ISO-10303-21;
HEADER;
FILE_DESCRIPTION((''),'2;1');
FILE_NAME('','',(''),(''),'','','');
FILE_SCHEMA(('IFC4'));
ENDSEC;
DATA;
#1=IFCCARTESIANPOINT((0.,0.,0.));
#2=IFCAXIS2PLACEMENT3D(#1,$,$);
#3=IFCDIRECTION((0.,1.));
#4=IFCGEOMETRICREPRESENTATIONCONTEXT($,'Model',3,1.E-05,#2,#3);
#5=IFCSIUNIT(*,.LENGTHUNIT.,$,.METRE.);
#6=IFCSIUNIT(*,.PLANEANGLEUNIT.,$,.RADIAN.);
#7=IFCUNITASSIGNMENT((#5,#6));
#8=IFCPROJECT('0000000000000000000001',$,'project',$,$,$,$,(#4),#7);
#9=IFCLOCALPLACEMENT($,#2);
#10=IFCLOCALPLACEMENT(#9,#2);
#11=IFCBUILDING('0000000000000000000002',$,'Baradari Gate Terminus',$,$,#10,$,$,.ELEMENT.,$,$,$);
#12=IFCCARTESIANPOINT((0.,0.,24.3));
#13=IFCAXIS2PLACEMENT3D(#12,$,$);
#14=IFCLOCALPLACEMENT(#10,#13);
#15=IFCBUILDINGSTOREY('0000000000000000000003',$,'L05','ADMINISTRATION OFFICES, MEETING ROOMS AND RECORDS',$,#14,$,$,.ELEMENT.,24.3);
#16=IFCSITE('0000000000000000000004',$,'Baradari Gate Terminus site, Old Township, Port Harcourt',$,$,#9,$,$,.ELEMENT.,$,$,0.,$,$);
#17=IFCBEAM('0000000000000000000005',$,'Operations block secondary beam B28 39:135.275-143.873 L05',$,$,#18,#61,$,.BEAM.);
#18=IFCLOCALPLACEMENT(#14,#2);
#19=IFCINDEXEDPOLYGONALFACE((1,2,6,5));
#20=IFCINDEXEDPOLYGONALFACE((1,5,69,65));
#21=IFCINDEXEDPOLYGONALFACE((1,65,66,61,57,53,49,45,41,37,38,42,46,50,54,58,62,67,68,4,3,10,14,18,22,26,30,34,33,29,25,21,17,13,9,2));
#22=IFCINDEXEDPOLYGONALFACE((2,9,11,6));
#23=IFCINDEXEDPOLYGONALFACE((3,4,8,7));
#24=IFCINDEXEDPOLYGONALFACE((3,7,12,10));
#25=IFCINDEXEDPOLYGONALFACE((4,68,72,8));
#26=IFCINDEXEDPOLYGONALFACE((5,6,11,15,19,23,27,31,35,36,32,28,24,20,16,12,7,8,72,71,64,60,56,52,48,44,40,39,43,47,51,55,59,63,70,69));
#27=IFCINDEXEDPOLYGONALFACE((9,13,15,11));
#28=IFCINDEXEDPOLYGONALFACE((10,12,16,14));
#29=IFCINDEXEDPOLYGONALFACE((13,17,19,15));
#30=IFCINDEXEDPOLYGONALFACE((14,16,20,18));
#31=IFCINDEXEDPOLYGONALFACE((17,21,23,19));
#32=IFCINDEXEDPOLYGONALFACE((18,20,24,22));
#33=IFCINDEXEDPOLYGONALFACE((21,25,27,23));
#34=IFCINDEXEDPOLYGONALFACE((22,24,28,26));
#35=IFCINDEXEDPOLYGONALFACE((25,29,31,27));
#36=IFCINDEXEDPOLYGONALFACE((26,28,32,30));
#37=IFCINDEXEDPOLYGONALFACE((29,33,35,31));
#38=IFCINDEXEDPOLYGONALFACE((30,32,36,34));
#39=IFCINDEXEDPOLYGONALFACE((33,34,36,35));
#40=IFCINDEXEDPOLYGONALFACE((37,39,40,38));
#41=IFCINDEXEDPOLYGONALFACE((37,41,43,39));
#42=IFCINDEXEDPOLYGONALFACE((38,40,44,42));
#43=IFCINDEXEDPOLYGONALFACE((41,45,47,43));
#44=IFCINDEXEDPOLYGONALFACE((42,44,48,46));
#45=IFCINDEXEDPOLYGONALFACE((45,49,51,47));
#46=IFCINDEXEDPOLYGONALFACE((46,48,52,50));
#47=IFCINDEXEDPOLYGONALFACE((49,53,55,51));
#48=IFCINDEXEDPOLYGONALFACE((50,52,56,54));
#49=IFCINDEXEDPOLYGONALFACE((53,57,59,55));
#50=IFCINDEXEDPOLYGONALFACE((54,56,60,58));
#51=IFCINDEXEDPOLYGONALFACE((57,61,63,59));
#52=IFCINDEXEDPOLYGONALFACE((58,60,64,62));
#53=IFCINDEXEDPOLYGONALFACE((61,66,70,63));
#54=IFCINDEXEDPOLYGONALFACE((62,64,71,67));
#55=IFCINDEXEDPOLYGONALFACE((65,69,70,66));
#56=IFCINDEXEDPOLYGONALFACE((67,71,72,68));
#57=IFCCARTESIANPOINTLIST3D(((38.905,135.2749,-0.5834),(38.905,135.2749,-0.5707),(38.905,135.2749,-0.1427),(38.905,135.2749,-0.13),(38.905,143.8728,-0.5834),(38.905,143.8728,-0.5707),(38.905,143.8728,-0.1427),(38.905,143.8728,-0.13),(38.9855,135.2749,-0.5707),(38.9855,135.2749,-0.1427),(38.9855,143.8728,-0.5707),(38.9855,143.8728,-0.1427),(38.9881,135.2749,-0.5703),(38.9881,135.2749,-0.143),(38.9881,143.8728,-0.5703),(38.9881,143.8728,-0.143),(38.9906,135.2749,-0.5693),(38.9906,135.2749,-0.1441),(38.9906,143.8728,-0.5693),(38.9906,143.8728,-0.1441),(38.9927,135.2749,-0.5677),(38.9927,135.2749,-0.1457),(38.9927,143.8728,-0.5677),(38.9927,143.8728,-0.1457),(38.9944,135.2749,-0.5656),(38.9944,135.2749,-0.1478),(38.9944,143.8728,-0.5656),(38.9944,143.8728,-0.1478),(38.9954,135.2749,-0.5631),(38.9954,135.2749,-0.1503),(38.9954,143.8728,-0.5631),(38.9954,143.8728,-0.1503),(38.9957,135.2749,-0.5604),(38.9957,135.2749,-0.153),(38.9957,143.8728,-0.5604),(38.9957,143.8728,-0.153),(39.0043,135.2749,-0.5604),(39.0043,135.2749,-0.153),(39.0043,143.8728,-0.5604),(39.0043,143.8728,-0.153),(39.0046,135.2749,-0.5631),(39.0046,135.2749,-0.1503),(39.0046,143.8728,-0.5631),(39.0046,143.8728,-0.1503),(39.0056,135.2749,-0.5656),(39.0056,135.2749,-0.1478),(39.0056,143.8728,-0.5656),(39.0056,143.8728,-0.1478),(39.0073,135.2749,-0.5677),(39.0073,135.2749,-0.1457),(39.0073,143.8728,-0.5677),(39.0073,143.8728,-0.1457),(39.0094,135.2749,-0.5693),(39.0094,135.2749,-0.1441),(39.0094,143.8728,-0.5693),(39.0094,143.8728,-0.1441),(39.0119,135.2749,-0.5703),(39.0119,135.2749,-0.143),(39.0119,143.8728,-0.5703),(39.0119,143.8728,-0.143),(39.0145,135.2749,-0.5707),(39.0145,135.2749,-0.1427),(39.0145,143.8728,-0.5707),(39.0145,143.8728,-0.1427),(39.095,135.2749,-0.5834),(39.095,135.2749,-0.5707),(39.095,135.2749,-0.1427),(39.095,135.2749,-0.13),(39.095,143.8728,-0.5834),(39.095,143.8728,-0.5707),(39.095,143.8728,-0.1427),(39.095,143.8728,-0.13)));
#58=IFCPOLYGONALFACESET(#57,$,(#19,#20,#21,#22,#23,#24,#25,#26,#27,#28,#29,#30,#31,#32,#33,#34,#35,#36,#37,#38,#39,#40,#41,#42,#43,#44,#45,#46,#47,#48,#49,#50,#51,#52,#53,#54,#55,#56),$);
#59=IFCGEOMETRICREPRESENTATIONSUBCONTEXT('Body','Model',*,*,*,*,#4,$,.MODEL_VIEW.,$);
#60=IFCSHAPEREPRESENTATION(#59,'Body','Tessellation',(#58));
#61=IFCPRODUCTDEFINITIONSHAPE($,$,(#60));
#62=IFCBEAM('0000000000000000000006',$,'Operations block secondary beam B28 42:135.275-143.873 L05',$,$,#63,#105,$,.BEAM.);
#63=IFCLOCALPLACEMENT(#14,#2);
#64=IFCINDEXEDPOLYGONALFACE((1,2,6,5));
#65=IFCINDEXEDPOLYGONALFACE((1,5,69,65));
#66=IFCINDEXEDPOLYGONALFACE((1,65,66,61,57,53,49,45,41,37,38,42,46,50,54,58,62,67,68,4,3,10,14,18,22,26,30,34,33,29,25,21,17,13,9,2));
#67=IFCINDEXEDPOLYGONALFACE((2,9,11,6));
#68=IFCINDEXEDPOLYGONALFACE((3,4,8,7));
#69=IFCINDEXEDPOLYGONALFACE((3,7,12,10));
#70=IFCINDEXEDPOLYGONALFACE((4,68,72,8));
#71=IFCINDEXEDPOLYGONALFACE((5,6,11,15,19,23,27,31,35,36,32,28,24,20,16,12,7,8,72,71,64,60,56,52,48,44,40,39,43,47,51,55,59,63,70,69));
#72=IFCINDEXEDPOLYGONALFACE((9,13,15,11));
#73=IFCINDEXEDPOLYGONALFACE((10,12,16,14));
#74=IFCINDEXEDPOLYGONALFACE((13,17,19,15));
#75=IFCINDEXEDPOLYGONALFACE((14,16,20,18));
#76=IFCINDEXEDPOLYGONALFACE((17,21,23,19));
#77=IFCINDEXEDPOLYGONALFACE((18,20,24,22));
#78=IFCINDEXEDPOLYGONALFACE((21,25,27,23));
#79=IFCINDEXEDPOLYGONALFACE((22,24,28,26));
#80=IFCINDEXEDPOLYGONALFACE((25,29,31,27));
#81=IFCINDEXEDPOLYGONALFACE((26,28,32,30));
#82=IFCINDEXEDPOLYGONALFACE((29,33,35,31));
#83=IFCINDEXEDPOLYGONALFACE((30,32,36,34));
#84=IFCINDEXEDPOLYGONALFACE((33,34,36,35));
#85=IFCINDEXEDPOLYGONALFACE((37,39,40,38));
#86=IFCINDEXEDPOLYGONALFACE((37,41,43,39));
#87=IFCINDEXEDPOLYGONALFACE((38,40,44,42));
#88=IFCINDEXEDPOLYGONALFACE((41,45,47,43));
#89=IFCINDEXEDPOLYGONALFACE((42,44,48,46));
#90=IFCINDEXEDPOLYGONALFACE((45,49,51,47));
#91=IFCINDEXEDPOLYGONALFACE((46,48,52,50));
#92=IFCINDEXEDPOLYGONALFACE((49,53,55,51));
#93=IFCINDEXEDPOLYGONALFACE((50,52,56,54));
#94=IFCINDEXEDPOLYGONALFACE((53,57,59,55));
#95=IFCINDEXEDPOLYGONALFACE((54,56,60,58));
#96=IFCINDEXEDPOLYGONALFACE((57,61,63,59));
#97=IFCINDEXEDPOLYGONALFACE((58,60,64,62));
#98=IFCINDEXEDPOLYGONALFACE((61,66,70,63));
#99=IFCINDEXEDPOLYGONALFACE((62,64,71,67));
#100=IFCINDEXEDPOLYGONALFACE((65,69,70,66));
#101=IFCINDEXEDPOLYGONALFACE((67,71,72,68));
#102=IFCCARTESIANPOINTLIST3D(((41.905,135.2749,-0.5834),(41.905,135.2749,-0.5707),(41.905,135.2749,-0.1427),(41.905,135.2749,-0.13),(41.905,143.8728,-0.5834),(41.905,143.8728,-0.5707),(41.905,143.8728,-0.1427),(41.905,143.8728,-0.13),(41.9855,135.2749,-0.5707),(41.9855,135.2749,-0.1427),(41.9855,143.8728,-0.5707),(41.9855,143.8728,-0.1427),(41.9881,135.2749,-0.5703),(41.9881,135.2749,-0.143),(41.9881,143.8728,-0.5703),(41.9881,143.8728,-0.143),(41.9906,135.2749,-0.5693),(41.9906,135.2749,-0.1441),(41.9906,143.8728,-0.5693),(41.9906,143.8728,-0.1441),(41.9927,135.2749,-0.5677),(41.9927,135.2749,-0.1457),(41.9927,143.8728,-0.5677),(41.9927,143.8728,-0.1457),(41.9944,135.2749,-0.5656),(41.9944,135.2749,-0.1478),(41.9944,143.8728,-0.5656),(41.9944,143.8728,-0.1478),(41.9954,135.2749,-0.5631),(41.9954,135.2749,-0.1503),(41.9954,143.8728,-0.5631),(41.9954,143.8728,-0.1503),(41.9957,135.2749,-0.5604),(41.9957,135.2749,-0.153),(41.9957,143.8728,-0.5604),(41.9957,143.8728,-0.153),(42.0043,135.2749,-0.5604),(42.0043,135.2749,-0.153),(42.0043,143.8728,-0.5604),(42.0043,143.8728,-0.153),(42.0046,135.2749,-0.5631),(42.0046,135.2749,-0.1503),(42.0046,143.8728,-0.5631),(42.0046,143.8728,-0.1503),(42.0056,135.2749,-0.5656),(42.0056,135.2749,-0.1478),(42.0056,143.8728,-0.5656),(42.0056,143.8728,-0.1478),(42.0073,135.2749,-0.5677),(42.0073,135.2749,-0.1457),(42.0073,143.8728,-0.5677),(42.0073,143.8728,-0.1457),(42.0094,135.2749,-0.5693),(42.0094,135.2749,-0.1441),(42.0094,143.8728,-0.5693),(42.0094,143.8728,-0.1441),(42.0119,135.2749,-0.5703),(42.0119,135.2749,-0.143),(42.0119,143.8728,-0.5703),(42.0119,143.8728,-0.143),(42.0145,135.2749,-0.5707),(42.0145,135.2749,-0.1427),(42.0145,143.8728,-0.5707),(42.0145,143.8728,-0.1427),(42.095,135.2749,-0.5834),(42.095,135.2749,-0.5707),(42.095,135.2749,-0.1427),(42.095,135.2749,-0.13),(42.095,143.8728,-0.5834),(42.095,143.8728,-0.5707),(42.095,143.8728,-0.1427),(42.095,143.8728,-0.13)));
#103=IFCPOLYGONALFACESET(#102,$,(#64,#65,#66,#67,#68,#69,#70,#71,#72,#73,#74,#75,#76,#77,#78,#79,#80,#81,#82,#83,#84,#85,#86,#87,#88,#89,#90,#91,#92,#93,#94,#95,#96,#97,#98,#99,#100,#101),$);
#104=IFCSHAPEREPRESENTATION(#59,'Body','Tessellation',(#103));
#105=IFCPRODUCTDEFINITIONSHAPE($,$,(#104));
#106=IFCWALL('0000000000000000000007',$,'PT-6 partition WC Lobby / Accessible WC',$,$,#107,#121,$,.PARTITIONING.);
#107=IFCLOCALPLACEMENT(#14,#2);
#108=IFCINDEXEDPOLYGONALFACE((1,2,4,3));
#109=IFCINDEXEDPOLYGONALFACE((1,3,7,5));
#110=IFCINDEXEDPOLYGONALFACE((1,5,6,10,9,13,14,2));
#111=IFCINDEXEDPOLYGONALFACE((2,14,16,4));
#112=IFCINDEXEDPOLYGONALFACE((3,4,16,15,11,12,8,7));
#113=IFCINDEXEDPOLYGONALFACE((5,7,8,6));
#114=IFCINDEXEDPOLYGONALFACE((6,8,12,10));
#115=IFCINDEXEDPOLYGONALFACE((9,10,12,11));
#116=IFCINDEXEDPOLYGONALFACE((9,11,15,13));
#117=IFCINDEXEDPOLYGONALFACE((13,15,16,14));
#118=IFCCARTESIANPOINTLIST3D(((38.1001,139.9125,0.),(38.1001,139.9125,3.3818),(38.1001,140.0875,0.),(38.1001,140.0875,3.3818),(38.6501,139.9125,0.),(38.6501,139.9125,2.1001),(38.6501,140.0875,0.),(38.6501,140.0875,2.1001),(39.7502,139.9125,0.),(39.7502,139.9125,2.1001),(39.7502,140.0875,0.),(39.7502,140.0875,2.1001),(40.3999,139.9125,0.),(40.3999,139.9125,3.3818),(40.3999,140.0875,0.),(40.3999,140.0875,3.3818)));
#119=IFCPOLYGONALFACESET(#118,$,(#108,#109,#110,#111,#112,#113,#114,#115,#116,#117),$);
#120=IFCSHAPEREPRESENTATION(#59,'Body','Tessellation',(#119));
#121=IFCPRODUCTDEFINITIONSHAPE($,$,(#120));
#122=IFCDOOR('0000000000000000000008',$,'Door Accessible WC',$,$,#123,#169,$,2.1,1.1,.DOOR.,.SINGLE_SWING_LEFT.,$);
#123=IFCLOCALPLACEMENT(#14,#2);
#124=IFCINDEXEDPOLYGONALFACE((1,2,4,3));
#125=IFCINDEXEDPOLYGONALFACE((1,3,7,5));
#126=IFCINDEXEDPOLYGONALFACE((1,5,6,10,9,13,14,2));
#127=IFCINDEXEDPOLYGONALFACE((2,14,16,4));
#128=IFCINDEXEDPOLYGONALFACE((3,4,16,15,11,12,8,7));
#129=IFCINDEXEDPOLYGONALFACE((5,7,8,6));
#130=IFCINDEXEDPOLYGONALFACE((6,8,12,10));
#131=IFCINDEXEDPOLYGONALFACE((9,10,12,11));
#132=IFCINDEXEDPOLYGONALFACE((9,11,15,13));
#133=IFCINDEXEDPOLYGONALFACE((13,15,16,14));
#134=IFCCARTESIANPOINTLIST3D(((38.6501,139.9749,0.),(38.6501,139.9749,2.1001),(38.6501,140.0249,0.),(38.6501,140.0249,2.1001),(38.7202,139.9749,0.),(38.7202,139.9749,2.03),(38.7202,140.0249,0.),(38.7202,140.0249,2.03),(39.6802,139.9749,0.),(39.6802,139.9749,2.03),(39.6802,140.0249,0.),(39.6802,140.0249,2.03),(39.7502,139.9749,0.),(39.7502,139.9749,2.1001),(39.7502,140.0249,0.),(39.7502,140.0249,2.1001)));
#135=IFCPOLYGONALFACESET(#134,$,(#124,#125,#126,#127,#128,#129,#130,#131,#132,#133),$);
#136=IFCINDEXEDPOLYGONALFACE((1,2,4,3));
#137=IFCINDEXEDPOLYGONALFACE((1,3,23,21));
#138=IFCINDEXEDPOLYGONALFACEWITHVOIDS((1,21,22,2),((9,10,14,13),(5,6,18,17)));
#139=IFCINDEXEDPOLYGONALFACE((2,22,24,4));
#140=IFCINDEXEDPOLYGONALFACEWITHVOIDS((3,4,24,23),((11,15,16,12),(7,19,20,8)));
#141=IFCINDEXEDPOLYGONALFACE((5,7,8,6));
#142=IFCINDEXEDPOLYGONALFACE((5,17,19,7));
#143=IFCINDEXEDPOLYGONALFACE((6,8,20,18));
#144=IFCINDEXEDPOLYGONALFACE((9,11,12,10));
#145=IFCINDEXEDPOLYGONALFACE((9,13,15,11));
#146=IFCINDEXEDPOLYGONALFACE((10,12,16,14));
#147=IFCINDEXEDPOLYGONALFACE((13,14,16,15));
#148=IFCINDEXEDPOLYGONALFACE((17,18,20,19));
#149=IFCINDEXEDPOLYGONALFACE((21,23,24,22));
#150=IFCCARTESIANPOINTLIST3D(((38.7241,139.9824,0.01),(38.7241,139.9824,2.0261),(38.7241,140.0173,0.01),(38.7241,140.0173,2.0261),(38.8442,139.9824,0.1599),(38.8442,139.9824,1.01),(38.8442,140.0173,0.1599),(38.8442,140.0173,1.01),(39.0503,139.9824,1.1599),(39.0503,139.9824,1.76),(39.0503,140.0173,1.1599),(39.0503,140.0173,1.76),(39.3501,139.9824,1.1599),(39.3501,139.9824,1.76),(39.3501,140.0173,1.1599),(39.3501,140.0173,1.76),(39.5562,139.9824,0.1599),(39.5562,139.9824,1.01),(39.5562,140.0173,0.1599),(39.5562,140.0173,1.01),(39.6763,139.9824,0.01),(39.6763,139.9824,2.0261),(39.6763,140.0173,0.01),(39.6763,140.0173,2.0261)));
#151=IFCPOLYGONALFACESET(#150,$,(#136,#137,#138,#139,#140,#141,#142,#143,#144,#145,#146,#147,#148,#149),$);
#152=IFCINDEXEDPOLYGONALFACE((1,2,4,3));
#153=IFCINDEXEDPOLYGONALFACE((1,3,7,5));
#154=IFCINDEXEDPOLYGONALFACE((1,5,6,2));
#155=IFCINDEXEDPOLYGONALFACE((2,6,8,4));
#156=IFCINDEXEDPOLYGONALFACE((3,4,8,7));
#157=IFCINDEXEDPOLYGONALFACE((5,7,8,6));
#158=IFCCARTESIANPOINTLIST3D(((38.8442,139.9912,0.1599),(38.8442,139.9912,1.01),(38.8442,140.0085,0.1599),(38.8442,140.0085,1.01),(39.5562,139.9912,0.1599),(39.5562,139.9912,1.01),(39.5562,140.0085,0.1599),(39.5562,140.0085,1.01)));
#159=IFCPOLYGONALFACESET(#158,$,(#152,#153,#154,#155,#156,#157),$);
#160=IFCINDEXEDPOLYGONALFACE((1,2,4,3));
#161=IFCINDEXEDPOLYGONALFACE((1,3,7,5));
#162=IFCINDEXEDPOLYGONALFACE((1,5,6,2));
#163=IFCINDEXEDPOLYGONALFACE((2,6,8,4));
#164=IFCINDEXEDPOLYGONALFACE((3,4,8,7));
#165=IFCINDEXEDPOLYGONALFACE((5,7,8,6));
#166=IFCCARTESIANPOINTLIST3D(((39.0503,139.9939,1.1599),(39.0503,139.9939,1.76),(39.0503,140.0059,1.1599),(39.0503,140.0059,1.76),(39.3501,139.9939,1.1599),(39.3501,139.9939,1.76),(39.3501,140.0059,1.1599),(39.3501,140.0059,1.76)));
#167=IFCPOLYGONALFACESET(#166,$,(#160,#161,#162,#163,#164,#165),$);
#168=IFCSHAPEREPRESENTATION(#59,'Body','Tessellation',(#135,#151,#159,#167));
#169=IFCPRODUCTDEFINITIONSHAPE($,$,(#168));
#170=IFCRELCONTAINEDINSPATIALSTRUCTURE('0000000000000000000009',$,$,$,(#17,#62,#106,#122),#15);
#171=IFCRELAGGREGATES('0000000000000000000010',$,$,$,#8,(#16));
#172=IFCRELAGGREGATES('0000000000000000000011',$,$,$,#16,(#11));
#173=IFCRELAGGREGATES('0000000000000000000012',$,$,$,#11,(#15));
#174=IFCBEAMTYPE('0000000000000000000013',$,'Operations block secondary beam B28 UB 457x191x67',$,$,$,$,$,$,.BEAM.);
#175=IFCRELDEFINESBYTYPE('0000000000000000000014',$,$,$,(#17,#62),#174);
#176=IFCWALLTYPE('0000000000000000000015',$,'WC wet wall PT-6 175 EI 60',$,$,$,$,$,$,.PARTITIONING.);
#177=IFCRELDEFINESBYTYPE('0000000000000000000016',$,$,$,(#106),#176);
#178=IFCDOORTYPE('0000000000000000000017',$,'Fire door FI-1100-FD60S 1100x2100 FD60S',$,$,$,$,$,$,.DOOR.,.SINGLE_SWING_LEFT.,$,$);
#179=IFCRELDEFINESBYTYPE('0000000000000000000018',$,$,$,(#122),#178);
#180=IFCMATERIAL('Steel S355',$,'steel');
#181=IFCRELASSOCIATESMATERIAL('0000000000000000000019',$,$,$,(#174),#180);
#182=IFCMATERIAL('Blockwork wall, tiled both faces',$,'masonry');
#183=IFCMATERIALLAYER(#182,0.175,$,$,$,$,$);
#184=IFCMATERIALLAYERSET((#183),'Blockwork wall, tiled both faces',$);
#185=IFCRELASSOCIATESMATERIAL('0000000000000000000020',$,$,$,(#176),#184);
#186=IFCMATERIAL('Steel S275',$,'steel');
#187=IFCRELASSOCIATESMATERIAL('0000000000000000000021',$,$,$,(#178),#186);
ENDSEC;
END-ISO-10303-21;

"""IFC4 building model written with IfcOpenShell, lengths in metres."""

from ifc_helpers import new_model, si_unit, direction, frame, frame_2d, origin, origin_2d, place, context, subcontext, project, spatial, polyline, rectangle, i_section, outline, extrude, material, layer, layer_set, material_profile, profile_set, type_object, element, fill, save


model = new_model("IFC4")

# Units and contexts
model_context = context("Model", 3, precision=1e-05, world=origin(), true_north=direction((0.0, 1.0)))
body_context = subcontext(model_context, "Body", "Model", "MODEL_VIEW")
ifc_project = project(units=[si_unit("LENGTHUNIT", "METRE"), si_unit("PLANEANGLEUNIT", "RADIAN")], contexts=[model_context])

# Site, building, storey
site_placement = place(None, origin())
site = spatial("IfcSite", under=ifc_project, at=site_placement, Name="Baradari Gate Terminus site, Old Township, Port Harcourt", CompositionType="ELEMENT", RefElevation=0.0)
building_placement = place(site_placement, origin())
building = spatial("IfcBuilding", under=site, at=building_placement, Name="Baradari Gate Terminus", CompositionType="ELEMENT")
storey_placement = place(building_placement, frame((0.0, 0.0, 24.3)))
storey = spatial("IfcBuildingStorey", under=building, at=storey_placement, Name="L05", Description="ADMINISTRATION OFFICES, MEETING ROOMS AND RECORDS", CompositionType="ELEMENT", Elevation=24.3)

# Beams
ifc_material_1 = material(Name="Steel S355", Category="steel")
ifc_material_profile_1 = material_profile(ifc_material_1, i_section(OverallWidth=0.1899, OverallDepth=0.4534, WebThickness=0.0085, FlangeThickness=0.0127, FilletRadius=0.0103, at=origin_2d()), Name="UB 457x191x67")
ifc_profile_set_1 = profile_set([ifc_material_profile_1], Name="Steel S355")
beam_type_1 = type_object("IfcBeamType", Name="Operations block secondary beam B28 UB 457x191x67", PredefinedType="BEAM", material=ifc_profile_set_1)
for number, where, z_axis, x_axis, name in (
    (1, (39.0, 135.2749, -0.3567), (0.0, 1.0, 0.0), (-1.0, 0.0, 0.0), "Operations block secondary beam B28 39:135.275-143.873 L05"),
    (2, (42.0, 135.2749, -0.3567), (0.0, 1.0, 0.0), (-1.0, 0.0, 0.0), "Operations block secondary beam B28 42:135.275-143.873 L05"),
):
    element("IfcBeam", number, at=place(storey_placement, frame(where, z_axis=z_axis, x_axis=x_axis)), inside=storey, type_object=beam_type_1, Name=name, PredefinedType="BEAM", context=body_context, shape_type="SweptSolid", body=[
        extrude(i_section(OverallWidth=0.1899, OverallDepth=0.4534, WebThickness=0.0085, FlangeThickness=0.0127, FilletRadius=0.0103, at=origin_2d()), origin(), (0.0, 0.0, 1.0), 8.5979),
    ])

# Wall, opening, door
ifc_material_2 = material(Name="Blockwork wall, tiled both faces", Category="masonry")
ifc_layer = layer(ifc_material_2, 0.175)
ifc_layer_set = layer_set([ifc_layer], Name="Blockwork wall, tiled both faces")
wall_type = type_object("IfcWallType", Name="WC wet wall PT-6 175 EI 60", PredefinedType="PARTITIONING", material=ifc_layer_set)
wall_1_placement = place(storey_placement, frame((38.1001, 140.0, 0.0), z_axis=(0.0, 0.0, 1.0), x_axis=(1.0, 0.0, 0.0)))
wall_1 = element("IfcWall", 3, at=wall_1_placement, inside=storey, type_object=wall_type, Name="PT-6 partition WC Lobby / Accessible WC", PredefinedType="PARTITIONING", context=body_context, shape_type="SweptSolid", body=[
    extrude(rectangle(XDim=2.2998, YDim=0.175, at=frame_2d((1.1499, 0.0))), origin(), (0.0, 0.0, 1.0), 3.3818),
])
opening_1_placement = place(wall_1_placement, frame((0.55, 0.0, 0.0)))
opening_1 = element("IfcOpeningElement", 4, at=opening_1_placement, cuts=wall_1, PredefinedType="OPENING", context=body_context, shape_type="SweptSolid", body=[
    extrude(rectangle(XDim=1.1001, YDim=2.1001, at=frame_2d((0.55, 1.05))), frame((0.0, 0.0974, 0.0), z_axis=(0.0, -1.0, 0.0), x_axis=(1.0, 0.0, 0.0)), (0.0, 0.0, 1.0), 0.1951),
])
ifc_material_3 = material(Name="Steel S275", Category="steel")
door_type_1 = type_object("IfcDoorType", Name="Fire door FI-1100-FD60S 1100x2100 FD60S", OperationType="SINGLE_SWING_LEFT", PredefinedType="DOOR", material=ifc_material_3)
door_1_placement = place(opening_1_placement, origin())
door_1 = element("IfcDoor", 5, at=door_1_placement, inside=storey, type_object=door_type_1, Name="Door Accessible WC", OperationType="SINGLE_SWING_LEFT", OverallHeight=2.1, OverallWidth=1.1, PredefinedType="DOOR", context=body_context, shape_type="SweptSolid", body=[
    extrude(outline(polyline([(0.0, 0.0), (0.0701, 0.0), (0.0701, 2.03), (1.03, 2.03), (1.03, 0.0), (1.1001, 0.0), (1.1001, 2.1001), (0.0, 2.1001), (0.0, 0.0)])), frame((0.0, 0.0249, 0.0), z_axis=(0.0, -1.0, 0.0), x_axis=(1.0, 0.0, 0.0)), (0.0, 0.0, 1.0), 0.05),
    extrude(outline(polyline([(0.074, 0.01), (1.0261, 0.01), (1.0261, 2.0261), (0.074, 2.0261), (0.074, 0.01)]), holes=[polyline([(0.1941, 0.1599), (0.906, 0.1599), (0.906, 1.01), (0.1941, 1.01), (0.1941, 0.1599)]), polyline([(0.4001, 1.1599), (0.7, 1.1599), (0.7, 1.76), (0.4001, 1.76), (0.4001, 1.1599)])]), frame((0.0, 0.0173, 0.0), z_axis=(0.0, -1.0, 0.0), x_axis=(1.0, 0.0, 0.0)), (0.0, 0.0, 1.0), 0.0349),
    extrude(rectangle(XDim=0.7119, YDim=0.8501, at=frame_2d((0.55, 0.585))), frame((0.0, 0.0085, 0.0), z_axis=(0.0, -1.0, 0.0), x_axis=(1.0, 0.0, 0.0)), (0.0, 0.0, 1.0), 0.0173),
    extrude(rectangle(XDim=0.2998, YDim=0.6001, at=frame_2d((0.55, 1.46))), frame((0.0, 0.0059, 0.0), z_axis=(0.0, -1.0, 0.0), x_axis=(1.0, 0.0, 0.0)), (0.0, 0.0, 1.0), 0.012),
])
fill(opening_1, door_1)

save(model, "model.ifc")
